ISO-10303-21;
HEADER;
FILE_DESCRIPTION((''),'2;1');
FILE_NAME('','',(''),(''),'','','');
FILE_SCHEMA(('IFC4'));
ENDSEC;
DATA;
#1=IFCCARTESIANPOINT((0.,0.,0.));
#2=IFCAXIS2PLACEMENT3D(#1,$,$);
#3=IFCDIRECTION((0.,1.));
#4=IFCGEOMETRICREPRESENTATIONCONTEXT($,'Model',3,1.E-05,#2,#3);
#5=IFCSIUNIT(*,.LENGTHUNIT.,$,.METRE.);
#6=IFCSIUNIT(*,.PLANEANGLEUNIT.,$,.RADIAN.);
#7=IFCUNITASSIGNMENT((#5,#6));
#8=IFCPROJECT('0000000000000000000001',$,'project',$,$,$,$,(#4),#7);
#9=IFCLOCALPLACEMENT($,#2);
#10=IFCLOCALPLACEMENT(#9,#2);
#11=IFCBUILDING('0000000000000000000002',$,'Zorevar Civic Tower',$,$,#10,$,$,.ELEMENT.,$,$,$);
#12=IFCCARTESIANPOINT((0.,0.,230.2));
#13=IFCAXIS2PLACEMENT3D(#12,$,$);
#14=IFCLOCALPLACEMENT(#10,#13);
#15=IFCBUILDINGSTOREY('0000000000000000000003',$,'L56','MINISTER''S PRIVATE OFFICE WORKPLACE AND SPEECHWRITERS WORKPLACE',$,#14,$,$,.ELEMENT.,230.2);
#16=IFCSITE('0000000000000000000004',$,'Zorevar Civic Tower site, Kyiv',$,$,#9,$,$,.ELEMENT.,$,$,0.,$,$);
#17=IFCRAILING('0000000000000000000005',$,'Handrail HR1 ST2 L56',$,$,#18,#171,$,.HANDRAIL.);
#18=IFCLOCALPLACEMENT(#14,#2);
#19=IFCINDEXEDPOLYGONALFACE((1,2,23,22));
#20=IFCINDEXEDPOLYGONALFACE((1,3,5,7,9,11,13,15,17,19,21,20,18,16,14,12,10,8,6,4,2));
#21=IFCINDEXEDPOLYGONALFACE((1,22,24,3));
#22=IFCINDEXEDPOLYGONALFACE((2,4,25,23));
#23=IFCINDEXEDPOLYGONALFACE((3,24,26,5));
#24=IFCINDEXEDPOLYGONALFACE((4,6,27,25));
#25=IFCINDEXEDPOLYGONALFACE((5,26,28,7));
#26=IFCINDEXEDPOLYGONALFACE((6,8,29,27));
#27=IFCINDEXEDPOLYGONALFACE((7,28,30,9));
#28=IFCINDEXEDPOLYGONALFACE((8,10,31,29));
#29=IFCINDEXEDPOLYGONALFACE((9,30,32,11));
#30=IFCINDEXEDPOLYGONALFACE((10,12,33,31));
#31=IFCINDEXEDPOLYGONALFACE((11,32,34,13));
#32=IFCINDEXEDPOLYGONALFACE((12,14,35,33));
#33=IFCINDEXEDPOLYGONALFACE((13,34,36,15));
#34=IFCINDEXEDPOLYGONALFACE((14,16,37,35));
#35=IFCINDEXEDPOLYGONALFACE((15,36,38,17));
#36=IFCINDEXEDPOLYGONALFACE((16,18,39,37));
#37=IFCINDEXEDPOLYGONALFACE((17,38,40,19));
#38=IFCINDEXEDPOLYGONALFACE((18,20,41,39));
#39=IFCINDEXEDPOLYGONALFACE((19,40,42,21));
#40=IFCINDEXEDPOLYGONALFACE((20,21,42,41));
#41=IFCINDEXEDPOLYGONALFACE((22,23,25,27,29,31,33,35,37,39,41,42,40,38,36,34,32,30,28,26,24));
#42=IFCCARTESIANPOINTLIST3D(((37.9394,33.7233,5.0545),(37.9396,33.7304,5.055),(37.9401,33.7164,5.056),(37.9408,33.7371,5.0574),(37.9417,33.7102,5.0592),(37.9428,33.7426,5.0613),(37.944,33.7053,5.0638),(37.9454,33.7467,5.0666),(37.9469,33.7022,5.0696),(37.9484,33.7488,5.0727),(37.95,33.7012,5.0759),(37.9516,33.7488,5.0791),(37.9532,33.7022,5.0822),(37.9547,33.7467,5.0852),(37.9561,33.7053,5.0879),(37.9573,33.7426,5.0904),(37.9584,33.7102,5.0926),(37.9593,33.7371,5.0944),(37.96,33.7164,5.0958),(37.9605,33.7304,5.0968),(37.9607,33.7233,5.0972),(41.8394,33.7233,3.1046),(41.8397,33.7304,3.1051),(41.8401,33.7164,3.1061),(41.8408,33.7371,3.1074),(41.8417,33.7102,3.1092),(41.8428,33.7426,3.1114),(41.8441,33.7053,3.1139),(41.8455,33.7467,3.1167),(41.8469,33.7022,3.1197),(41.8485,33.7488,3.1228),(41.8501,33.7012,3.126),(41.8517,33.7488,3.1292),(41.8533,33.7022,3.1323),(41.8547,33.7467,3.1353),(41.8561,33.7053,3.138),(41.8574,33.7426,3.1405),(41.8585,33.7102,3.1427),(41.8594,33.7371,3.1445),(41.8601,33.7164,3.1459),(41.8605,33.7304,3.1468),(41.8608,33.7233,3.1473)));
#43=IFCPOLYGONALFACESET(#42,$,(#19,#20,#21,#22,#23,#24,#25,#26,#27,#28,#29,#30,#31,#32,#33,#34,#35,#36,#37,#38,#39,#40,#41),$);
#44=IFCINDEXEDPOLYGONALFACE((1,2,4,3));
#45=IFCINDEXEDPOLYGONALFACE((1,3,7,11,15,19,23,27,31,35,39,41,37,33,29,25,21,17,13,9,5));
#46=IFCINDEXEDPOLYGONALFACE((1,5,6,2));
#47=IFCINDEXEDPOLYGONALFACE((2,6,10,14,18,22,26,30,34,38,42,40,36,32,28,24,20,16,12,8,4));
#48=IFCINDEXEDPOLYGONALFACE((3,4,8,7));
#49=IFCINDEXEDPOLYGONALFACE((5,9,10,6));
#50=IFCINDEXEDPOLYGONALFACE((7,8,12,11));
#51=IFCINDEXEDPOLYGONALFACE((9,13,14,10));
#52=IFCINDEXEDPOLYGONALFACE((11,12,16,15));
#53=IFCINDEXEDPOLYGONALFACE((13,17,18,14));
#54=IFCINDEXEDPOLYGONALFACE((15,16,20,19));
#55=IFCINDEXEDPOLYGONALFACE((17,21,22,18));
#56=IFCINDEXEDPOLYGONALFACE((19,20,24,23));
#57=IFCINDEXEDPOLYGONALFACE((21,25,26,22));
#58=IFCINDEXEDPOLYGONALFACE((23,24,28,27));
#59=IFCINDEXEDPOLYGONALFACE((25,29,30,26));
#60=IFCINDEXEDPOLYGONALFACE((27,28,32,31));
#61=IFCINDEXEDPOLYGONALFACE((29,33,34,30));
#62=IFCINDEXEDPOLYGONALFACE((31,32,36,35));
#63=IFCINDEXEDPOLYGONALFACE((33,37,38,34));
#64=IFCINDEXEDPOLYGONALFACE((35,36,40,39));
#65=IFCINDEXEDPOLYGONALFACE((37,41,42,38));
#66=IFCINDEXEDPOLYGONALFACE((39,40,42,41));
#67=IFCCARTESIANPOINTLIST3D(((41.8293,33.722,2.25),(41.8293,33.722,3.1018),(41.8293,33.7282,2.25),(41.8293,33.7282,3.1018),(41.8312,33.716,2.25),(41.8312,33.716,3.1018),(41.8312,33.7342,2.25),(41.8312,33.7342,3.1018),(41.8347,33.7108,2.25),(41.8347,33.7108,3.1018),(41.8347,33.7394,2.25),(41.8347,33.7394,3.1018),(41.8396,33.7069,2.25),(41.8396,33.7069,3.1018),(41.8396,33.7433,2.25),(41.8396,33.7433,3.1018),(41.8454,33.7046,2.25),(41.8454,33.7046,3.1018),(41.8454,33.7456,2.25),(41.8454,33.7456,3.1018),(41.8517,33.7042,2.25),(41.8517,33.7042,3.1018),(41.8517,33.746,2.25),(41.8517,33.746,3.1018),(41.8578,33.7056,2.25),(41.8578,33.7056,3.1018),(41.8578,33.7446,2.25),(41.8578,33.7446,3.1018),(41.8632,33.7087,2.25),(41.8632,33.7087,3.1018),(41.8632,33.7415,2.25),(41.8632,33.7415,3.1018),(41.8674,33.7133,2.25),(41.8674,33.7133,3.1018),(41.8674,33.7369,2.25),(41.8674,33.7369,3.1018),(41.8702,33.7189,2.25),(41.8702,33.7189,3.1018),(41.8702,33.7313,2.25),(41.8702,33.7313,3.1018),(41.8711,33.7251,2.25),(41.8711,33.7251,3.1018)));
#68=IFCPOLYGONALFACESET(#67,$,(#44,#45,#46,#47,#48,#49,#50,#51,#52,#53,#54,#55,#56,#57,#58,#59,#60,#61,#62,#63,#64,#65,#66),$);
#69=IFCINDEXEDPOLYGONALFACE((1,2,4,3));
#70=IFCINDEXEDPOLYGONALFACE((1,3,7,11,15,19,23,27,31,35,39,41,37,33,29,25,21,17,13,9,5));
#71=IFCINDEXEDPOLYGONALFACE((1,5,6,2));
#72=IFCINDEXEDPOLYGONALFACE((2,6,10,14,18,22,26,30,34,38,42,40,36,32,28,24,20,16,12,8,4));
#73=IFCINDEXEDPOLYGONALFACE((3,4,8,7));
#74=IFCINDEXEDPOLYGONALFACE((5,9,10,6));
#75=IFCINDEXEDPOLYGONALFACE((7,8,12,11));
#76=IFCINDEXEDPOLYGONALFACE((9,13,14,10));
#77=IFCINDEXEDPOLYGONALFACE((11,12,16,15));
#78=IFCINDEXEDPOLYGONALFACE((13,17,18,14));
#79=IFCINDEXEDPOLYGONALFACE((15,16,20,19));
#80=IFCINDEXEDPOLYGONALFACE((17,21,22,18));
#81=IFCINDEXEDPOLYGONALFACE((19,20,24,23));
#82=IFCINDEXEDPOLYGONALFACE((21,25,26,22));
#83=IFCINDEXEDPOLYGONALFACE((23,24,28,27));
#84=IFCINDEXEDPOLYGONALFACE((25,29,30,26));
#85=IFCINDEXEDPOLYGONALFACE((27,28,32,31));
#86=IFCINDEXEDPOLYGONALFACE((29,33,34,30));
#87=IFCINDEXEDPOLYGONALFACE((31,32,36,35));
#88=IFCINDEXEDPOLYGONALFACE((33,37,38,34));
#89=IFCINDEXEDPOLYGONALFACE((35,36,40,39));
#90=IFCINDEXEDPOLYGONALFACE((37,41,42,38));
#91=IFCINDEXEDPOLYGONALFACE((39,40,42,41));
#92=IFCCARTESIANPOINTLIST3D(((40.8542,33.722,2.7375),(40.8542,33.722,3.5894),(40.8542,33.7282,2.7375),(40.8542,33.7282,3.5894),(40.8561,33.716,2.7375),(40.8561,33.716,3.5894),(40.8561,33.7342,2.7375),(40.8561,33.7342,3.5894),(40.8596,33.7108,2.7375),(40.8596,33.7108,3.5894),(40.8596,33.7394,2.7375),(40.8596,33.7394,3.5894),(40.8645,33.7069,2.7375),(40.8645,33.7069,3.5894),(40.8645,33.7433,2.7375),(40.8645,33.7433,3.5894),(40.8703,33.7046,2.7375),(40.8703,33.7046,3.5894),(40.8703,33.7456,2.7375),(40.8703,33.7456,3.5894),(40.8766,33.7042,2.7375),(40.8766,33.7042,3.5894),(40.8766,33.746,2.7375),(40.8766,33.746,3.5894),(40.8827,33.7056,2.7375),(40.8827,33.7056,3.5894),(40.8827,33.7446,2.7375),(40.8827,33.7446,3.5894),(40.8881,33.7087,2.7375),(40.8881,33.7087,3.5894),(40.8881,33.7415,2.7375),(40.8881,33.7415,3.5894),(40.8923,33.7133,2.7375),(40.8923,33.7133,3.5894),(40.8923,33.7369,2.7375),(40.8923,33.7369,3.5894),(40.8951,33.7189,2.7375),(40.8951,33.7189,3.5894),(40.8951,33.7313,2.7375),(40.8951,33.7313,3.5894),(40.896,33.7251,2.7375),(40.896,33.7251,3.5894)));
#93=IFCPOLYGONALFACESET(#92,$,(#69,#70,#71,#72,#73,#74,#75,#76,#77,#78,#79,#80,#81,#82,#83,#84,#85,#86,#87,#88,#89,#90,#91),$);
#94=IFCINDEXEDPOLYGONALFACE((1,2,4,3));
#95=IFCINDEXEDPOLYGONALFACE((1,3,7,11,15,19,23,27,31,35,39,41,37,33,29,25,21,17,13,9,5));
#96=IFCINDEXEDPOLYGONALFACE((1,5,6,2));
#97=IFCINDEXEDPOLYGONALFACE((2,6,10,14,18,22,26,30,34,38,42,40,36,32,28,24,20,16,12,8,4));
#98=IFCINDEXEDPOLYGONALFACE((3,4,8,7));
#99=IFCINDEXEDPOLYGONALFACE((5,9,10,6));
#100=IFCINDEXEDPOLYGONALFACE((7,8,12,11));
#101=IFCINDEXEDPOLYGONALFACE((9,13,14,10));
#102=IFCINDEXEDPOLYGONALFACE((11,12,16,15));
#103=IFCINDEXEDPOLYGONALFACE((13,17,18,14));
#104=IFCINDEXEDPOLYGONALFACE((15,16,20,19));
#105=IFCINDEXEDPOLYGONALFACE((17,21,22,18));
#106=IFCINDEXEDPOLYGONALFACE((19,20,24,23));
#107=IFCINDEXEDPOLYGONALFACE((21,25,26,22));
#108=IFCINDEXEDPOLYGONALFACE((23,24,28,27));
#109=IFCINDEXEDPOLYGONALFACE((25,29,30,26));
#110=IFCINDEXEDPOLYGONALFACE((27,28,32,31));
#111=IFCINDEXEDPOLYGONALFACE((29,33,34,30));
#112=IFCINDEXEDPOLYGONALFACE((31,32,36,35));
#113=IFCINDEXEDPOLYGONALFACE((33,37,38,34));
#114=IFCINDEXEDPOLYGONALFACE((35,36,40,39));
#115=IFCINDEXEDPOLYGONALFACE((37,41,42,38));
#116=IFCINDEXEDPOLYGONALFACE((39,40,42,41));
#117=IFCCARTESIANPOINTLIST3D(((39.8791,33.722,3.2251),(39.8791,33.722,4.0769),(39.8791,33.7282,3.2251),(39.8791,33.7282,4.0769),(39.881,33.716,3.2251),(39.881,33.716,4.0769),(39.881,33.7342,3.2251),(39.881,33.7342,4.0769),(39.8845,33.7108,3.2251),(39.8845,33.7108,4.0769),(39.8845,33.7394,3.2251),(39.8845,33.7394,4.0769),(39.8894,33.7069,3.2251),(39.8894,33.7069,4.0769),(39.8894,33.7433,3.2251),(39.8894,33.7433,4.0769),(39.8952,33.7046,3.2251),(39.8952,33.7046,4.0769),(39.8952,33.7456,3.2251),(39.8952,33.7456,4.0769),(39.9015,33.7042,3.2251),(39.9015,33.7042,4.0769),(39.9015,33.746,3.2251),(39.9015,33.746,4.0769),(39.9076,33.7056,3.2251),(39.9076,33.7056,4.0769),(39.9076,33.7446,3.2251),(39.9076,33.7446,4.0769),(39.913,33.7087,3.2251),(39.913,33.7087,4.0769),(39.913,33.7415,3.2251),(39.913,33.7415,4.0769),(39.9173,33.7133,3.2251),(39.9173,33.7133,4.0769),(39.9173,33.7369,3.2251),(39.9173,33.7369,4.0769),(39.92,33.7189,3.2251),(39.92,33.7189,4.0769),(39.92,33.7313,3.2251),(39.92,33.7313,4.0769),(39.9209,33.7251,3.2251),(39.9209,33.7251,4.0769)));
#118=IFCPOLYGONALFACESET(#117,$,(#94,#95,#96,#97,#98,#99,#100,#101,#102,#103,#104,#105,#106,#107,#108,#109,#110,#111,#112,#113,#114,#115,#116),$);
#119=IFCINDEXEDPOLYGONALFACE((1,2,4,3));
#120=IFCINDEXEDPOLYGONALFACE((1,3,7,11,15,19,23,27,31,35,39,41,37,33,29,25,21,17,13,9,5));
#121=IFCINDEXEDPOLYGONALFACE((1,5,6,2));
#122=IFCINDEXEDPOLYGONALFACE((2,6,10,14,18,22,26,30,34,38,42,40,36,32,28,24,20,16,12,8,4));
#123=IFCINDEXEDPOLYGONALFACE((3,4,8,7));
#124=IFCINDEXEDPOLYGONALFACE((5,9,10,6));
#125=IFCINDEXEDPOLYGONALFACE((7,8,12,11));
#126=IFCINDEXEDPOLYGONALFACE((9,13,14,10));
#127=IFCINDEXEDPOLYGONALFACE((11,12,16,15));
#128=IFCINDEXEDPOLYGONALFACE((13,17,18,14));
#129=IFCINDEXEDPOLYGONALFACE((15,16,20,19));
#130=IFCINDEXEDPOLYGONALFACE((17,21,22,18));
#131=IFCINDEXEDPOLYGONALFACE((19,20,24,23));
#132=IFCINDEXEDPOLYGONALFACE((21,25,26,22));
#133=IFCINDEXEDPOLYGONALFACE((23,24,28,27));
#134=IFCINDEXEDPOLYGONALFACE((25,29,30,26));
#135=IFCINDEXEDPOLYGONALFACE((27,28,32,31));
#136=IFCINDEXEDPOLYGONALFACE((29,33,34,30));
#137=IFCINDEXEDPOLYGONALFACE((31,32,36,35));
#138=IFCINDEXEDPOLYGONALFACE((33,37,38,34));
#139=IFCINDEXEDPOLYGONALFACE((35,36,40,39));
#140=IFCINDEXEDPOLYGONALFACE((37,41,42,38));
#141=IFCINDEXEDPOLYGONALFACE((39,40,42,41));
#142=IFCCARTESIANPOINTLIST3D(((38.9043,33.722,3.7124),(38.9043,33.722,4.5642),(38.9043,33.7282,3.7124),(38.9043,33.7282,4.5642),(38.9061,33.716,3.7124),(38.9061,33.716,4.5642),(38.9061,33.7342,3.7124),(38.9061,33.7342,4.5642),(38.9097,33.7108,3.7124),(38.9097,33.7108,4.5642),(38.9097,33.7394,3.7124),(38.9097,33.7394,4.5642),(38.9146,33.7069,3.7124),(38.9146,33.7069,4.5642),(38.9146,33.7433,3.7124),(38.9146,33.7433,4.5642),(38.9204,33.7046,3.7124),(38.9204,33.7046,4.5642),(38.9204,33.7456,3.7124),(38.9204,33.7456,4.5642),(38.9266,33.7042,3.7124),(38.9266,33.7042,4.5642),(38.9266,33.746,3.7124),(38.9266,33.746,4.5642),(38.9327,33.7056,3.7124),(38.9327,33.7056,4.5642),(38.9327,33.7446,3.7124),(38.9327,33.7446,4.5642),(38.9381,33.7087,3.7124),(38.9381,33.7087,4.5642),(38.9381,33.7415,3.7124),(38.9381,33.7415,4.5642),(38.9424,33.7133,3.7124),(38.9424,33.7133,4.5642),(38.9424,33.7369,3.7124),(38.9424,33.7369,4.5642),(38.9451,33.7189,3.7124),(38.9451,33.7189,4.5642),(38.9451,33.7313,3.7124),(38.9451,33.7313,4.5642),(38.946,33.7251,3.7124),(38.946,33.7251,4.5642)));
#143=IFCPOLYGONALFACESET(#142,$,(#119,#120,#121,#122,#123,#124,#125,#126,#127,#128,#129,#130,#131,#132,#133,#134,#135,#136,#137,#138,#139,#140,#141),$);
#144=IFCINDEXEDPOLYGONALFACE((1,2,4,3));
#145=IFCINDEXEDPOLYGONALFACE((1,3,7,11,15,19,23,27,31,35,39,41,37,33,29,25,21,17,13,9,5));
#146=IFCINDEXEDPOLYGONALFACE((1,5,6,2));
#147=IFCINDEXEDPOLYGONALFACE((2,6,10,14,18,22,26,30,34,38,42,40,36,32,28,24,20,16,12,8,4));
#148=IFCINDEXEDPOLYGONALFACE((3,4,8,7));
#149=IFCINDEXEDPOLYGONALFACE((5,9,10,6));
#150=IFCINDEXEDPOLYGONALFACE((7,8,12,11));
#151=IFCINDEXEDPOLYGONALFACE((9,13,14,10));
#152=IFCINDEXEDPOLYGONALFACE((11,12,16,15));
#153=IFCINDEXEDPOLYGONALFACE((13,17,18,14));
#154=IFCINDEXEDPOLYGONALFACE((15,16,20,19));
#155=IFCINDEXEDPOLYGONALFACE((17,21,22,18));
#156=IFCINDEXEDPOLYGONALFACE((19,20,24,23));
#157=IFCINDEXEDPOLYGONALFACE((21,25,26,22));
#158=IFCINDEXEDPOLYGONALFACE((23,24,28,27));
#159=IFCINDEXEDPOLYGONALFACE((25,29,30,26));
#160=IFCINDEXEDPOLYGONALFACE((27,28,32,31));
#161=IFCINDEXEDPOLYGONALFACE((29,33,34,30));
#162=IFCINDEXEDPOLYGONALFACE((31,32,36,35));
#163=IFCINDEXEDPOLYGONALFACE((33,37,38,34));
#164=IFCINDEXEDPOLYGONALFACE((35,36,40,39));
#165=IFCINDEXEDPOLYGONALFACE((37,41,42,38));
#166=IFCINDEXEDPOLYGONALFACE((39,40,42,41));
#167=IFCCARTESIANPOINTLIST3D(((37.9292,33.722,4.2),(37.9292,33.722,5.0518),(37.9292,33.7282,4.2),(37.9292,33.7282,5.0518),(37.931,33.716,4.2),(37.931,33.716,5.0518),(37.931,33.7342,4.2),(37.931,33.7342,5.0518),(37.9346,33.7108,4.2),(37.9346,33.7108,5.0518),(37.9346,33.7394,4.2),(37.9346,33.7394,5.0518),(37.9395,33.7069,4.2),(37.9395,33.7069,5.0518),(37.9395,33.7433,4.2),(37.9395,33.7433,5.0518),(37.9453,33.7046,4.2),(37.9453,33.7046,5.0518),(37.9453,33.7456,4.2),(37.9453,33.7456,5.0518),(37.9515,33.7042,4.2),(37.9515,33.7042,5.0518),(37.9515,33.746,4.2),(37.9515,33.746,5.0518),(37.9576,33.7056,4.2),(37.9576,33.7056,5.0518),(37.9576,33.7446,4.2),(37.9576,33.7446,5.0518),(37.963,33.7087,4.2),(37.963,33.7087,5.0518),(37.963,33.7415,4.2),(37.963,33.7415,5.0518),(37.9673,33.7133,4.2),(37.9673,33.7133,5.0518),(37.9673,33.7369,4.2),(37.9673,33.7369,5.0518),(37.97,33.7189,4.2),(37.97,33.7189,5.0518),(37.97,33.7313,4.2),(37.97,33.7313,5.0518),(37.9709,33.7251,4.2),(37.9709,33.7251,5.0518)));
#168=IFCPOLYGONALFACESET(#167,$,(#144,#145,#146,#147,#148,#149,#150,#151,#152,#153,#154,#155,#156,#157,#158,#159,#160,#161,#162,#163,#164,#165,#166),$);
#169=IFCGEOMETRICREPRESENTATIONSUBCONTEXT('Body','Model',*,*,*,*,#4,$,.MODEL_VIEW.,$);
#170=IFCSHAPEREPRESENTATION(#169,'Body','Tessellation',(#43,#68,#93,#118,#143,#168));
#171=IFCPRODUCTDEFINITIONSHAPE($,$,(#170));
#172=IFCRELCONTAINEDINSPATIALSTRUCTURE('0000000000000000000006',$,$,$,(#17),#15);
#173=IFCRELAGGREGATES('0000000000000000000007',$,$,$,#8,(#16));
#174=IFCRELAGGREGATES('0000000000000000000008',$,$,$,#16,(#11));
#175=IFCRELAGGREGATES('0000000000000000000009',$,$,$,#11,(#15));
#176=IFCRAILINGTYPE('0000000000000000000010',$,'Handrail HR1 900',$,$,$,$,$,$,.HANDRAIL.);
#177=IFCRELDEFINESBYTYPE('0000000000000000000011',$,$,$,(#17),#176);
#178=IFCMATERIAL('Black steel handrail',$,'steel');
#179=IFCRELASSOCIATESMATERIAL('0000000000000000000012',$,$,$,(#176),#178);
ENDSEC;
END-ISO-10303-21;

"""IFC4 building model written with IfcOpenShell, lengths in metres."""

from ifc_helpers import new_model, si_unit, direction, frame, origin, origin_2d, place, context, subcontext, project, spatial, circle, extrude, material, type_object, element, save


model = new_model("IFC4")

# Units and contexts
model_context = context("Model", 3, precision=1e-05, world=origin(), true_north=direction((0.0, 1.0)))
body_context = subcontext(model_context, "Body", "Model", "MODEL_VIEW")
ifc_project = project(units=[si_unit("LENGTHUNIT", "METRE"), si_unit("PLANEANGLEUNIT", "RADIAN")], contexts=[model_context])

# Site, building, storey
site_placement = place(None, origin())
site = spatial("IfcSite", under=ifc_project, at=site_placement, Name="Zorevar Civic Tower site, Kyiv", CompositionType="ELEMENT", RefElevation=0.0)
building_placement = place(site_placement, origin())
building = spatial("IfcBuilding", under=site, at=building_placement, Name="Zorevar Civic Tower", CompositionType="ELEMENT")
storey_placement = place(building_placement, frame((0.0, 0.0, 230.2)))
storey = spatial("IfcBuildingStorey", under=building, at=storey_placement, Name="L56", Description="MINISTER'S PRIVATE OFFICE WORKPLACE AND SPEECHWRITERS WORKPLACE", CompositionType="ELEMENT", Elevation=230.2)

# Railing
ifc_material_1 = material(Name="Black steel handrail", Category="steel")
railing_type = type_object("IfcRailingType", Name="Handrail HR1 900", PredefinedType="HANDRAIL", material=ifc_material_1)
railing_placement = place(storey_placement, frame((41.8501, 33.7251, 2.25)))
element("IfcRailing", 1, at=railing_placement, inside=storey, type_object=railing_type, Name="Handrail HR1 ST2 L56", PredefinedType="HANDRAIL", context=body_context, shape_type="SweptSolid", body=[
    extrude(circle(Radius=0.0239, at=origin_2d()), frame((0.0, 0.0, 0.876), z_axis=(-0.894438, 0.0, 0.447191), x_axis=(0.0, -1.0, 0.0)), (0.0, 0.0, 1.0), 4.3604),
    extrude(circle(Radius=0.021, at=origin_2d()), origin(), (0.0, 0.0, 1.0), 0.8518),
    extrude(circle(Radius=0.021, at=origin_2d()), frame((-0.9751, 0.0, 0.4875)), (0.0, 0.0, 1.0), 0.8518),
    extrude(circle(Radius=0.021, at=origin_2d()), frame((-1.9502, 0.0, 0.9751)), (0.0, 0.0, 1.0), 0.8518),
    extrude(circle(Radius=0.021, at=origin_2d()), frame((-2.925, 0.0, 1.4624)), (0.0, 0.0, 1.0), 0.8518),
    extrude(circle(Radius=0.021, at=origin_2d()), frame((-3.9001, 0.0, 1.95)), (0.0, 0.0, 1.0), 0.8518),
])

save(model, "model.ifc")
